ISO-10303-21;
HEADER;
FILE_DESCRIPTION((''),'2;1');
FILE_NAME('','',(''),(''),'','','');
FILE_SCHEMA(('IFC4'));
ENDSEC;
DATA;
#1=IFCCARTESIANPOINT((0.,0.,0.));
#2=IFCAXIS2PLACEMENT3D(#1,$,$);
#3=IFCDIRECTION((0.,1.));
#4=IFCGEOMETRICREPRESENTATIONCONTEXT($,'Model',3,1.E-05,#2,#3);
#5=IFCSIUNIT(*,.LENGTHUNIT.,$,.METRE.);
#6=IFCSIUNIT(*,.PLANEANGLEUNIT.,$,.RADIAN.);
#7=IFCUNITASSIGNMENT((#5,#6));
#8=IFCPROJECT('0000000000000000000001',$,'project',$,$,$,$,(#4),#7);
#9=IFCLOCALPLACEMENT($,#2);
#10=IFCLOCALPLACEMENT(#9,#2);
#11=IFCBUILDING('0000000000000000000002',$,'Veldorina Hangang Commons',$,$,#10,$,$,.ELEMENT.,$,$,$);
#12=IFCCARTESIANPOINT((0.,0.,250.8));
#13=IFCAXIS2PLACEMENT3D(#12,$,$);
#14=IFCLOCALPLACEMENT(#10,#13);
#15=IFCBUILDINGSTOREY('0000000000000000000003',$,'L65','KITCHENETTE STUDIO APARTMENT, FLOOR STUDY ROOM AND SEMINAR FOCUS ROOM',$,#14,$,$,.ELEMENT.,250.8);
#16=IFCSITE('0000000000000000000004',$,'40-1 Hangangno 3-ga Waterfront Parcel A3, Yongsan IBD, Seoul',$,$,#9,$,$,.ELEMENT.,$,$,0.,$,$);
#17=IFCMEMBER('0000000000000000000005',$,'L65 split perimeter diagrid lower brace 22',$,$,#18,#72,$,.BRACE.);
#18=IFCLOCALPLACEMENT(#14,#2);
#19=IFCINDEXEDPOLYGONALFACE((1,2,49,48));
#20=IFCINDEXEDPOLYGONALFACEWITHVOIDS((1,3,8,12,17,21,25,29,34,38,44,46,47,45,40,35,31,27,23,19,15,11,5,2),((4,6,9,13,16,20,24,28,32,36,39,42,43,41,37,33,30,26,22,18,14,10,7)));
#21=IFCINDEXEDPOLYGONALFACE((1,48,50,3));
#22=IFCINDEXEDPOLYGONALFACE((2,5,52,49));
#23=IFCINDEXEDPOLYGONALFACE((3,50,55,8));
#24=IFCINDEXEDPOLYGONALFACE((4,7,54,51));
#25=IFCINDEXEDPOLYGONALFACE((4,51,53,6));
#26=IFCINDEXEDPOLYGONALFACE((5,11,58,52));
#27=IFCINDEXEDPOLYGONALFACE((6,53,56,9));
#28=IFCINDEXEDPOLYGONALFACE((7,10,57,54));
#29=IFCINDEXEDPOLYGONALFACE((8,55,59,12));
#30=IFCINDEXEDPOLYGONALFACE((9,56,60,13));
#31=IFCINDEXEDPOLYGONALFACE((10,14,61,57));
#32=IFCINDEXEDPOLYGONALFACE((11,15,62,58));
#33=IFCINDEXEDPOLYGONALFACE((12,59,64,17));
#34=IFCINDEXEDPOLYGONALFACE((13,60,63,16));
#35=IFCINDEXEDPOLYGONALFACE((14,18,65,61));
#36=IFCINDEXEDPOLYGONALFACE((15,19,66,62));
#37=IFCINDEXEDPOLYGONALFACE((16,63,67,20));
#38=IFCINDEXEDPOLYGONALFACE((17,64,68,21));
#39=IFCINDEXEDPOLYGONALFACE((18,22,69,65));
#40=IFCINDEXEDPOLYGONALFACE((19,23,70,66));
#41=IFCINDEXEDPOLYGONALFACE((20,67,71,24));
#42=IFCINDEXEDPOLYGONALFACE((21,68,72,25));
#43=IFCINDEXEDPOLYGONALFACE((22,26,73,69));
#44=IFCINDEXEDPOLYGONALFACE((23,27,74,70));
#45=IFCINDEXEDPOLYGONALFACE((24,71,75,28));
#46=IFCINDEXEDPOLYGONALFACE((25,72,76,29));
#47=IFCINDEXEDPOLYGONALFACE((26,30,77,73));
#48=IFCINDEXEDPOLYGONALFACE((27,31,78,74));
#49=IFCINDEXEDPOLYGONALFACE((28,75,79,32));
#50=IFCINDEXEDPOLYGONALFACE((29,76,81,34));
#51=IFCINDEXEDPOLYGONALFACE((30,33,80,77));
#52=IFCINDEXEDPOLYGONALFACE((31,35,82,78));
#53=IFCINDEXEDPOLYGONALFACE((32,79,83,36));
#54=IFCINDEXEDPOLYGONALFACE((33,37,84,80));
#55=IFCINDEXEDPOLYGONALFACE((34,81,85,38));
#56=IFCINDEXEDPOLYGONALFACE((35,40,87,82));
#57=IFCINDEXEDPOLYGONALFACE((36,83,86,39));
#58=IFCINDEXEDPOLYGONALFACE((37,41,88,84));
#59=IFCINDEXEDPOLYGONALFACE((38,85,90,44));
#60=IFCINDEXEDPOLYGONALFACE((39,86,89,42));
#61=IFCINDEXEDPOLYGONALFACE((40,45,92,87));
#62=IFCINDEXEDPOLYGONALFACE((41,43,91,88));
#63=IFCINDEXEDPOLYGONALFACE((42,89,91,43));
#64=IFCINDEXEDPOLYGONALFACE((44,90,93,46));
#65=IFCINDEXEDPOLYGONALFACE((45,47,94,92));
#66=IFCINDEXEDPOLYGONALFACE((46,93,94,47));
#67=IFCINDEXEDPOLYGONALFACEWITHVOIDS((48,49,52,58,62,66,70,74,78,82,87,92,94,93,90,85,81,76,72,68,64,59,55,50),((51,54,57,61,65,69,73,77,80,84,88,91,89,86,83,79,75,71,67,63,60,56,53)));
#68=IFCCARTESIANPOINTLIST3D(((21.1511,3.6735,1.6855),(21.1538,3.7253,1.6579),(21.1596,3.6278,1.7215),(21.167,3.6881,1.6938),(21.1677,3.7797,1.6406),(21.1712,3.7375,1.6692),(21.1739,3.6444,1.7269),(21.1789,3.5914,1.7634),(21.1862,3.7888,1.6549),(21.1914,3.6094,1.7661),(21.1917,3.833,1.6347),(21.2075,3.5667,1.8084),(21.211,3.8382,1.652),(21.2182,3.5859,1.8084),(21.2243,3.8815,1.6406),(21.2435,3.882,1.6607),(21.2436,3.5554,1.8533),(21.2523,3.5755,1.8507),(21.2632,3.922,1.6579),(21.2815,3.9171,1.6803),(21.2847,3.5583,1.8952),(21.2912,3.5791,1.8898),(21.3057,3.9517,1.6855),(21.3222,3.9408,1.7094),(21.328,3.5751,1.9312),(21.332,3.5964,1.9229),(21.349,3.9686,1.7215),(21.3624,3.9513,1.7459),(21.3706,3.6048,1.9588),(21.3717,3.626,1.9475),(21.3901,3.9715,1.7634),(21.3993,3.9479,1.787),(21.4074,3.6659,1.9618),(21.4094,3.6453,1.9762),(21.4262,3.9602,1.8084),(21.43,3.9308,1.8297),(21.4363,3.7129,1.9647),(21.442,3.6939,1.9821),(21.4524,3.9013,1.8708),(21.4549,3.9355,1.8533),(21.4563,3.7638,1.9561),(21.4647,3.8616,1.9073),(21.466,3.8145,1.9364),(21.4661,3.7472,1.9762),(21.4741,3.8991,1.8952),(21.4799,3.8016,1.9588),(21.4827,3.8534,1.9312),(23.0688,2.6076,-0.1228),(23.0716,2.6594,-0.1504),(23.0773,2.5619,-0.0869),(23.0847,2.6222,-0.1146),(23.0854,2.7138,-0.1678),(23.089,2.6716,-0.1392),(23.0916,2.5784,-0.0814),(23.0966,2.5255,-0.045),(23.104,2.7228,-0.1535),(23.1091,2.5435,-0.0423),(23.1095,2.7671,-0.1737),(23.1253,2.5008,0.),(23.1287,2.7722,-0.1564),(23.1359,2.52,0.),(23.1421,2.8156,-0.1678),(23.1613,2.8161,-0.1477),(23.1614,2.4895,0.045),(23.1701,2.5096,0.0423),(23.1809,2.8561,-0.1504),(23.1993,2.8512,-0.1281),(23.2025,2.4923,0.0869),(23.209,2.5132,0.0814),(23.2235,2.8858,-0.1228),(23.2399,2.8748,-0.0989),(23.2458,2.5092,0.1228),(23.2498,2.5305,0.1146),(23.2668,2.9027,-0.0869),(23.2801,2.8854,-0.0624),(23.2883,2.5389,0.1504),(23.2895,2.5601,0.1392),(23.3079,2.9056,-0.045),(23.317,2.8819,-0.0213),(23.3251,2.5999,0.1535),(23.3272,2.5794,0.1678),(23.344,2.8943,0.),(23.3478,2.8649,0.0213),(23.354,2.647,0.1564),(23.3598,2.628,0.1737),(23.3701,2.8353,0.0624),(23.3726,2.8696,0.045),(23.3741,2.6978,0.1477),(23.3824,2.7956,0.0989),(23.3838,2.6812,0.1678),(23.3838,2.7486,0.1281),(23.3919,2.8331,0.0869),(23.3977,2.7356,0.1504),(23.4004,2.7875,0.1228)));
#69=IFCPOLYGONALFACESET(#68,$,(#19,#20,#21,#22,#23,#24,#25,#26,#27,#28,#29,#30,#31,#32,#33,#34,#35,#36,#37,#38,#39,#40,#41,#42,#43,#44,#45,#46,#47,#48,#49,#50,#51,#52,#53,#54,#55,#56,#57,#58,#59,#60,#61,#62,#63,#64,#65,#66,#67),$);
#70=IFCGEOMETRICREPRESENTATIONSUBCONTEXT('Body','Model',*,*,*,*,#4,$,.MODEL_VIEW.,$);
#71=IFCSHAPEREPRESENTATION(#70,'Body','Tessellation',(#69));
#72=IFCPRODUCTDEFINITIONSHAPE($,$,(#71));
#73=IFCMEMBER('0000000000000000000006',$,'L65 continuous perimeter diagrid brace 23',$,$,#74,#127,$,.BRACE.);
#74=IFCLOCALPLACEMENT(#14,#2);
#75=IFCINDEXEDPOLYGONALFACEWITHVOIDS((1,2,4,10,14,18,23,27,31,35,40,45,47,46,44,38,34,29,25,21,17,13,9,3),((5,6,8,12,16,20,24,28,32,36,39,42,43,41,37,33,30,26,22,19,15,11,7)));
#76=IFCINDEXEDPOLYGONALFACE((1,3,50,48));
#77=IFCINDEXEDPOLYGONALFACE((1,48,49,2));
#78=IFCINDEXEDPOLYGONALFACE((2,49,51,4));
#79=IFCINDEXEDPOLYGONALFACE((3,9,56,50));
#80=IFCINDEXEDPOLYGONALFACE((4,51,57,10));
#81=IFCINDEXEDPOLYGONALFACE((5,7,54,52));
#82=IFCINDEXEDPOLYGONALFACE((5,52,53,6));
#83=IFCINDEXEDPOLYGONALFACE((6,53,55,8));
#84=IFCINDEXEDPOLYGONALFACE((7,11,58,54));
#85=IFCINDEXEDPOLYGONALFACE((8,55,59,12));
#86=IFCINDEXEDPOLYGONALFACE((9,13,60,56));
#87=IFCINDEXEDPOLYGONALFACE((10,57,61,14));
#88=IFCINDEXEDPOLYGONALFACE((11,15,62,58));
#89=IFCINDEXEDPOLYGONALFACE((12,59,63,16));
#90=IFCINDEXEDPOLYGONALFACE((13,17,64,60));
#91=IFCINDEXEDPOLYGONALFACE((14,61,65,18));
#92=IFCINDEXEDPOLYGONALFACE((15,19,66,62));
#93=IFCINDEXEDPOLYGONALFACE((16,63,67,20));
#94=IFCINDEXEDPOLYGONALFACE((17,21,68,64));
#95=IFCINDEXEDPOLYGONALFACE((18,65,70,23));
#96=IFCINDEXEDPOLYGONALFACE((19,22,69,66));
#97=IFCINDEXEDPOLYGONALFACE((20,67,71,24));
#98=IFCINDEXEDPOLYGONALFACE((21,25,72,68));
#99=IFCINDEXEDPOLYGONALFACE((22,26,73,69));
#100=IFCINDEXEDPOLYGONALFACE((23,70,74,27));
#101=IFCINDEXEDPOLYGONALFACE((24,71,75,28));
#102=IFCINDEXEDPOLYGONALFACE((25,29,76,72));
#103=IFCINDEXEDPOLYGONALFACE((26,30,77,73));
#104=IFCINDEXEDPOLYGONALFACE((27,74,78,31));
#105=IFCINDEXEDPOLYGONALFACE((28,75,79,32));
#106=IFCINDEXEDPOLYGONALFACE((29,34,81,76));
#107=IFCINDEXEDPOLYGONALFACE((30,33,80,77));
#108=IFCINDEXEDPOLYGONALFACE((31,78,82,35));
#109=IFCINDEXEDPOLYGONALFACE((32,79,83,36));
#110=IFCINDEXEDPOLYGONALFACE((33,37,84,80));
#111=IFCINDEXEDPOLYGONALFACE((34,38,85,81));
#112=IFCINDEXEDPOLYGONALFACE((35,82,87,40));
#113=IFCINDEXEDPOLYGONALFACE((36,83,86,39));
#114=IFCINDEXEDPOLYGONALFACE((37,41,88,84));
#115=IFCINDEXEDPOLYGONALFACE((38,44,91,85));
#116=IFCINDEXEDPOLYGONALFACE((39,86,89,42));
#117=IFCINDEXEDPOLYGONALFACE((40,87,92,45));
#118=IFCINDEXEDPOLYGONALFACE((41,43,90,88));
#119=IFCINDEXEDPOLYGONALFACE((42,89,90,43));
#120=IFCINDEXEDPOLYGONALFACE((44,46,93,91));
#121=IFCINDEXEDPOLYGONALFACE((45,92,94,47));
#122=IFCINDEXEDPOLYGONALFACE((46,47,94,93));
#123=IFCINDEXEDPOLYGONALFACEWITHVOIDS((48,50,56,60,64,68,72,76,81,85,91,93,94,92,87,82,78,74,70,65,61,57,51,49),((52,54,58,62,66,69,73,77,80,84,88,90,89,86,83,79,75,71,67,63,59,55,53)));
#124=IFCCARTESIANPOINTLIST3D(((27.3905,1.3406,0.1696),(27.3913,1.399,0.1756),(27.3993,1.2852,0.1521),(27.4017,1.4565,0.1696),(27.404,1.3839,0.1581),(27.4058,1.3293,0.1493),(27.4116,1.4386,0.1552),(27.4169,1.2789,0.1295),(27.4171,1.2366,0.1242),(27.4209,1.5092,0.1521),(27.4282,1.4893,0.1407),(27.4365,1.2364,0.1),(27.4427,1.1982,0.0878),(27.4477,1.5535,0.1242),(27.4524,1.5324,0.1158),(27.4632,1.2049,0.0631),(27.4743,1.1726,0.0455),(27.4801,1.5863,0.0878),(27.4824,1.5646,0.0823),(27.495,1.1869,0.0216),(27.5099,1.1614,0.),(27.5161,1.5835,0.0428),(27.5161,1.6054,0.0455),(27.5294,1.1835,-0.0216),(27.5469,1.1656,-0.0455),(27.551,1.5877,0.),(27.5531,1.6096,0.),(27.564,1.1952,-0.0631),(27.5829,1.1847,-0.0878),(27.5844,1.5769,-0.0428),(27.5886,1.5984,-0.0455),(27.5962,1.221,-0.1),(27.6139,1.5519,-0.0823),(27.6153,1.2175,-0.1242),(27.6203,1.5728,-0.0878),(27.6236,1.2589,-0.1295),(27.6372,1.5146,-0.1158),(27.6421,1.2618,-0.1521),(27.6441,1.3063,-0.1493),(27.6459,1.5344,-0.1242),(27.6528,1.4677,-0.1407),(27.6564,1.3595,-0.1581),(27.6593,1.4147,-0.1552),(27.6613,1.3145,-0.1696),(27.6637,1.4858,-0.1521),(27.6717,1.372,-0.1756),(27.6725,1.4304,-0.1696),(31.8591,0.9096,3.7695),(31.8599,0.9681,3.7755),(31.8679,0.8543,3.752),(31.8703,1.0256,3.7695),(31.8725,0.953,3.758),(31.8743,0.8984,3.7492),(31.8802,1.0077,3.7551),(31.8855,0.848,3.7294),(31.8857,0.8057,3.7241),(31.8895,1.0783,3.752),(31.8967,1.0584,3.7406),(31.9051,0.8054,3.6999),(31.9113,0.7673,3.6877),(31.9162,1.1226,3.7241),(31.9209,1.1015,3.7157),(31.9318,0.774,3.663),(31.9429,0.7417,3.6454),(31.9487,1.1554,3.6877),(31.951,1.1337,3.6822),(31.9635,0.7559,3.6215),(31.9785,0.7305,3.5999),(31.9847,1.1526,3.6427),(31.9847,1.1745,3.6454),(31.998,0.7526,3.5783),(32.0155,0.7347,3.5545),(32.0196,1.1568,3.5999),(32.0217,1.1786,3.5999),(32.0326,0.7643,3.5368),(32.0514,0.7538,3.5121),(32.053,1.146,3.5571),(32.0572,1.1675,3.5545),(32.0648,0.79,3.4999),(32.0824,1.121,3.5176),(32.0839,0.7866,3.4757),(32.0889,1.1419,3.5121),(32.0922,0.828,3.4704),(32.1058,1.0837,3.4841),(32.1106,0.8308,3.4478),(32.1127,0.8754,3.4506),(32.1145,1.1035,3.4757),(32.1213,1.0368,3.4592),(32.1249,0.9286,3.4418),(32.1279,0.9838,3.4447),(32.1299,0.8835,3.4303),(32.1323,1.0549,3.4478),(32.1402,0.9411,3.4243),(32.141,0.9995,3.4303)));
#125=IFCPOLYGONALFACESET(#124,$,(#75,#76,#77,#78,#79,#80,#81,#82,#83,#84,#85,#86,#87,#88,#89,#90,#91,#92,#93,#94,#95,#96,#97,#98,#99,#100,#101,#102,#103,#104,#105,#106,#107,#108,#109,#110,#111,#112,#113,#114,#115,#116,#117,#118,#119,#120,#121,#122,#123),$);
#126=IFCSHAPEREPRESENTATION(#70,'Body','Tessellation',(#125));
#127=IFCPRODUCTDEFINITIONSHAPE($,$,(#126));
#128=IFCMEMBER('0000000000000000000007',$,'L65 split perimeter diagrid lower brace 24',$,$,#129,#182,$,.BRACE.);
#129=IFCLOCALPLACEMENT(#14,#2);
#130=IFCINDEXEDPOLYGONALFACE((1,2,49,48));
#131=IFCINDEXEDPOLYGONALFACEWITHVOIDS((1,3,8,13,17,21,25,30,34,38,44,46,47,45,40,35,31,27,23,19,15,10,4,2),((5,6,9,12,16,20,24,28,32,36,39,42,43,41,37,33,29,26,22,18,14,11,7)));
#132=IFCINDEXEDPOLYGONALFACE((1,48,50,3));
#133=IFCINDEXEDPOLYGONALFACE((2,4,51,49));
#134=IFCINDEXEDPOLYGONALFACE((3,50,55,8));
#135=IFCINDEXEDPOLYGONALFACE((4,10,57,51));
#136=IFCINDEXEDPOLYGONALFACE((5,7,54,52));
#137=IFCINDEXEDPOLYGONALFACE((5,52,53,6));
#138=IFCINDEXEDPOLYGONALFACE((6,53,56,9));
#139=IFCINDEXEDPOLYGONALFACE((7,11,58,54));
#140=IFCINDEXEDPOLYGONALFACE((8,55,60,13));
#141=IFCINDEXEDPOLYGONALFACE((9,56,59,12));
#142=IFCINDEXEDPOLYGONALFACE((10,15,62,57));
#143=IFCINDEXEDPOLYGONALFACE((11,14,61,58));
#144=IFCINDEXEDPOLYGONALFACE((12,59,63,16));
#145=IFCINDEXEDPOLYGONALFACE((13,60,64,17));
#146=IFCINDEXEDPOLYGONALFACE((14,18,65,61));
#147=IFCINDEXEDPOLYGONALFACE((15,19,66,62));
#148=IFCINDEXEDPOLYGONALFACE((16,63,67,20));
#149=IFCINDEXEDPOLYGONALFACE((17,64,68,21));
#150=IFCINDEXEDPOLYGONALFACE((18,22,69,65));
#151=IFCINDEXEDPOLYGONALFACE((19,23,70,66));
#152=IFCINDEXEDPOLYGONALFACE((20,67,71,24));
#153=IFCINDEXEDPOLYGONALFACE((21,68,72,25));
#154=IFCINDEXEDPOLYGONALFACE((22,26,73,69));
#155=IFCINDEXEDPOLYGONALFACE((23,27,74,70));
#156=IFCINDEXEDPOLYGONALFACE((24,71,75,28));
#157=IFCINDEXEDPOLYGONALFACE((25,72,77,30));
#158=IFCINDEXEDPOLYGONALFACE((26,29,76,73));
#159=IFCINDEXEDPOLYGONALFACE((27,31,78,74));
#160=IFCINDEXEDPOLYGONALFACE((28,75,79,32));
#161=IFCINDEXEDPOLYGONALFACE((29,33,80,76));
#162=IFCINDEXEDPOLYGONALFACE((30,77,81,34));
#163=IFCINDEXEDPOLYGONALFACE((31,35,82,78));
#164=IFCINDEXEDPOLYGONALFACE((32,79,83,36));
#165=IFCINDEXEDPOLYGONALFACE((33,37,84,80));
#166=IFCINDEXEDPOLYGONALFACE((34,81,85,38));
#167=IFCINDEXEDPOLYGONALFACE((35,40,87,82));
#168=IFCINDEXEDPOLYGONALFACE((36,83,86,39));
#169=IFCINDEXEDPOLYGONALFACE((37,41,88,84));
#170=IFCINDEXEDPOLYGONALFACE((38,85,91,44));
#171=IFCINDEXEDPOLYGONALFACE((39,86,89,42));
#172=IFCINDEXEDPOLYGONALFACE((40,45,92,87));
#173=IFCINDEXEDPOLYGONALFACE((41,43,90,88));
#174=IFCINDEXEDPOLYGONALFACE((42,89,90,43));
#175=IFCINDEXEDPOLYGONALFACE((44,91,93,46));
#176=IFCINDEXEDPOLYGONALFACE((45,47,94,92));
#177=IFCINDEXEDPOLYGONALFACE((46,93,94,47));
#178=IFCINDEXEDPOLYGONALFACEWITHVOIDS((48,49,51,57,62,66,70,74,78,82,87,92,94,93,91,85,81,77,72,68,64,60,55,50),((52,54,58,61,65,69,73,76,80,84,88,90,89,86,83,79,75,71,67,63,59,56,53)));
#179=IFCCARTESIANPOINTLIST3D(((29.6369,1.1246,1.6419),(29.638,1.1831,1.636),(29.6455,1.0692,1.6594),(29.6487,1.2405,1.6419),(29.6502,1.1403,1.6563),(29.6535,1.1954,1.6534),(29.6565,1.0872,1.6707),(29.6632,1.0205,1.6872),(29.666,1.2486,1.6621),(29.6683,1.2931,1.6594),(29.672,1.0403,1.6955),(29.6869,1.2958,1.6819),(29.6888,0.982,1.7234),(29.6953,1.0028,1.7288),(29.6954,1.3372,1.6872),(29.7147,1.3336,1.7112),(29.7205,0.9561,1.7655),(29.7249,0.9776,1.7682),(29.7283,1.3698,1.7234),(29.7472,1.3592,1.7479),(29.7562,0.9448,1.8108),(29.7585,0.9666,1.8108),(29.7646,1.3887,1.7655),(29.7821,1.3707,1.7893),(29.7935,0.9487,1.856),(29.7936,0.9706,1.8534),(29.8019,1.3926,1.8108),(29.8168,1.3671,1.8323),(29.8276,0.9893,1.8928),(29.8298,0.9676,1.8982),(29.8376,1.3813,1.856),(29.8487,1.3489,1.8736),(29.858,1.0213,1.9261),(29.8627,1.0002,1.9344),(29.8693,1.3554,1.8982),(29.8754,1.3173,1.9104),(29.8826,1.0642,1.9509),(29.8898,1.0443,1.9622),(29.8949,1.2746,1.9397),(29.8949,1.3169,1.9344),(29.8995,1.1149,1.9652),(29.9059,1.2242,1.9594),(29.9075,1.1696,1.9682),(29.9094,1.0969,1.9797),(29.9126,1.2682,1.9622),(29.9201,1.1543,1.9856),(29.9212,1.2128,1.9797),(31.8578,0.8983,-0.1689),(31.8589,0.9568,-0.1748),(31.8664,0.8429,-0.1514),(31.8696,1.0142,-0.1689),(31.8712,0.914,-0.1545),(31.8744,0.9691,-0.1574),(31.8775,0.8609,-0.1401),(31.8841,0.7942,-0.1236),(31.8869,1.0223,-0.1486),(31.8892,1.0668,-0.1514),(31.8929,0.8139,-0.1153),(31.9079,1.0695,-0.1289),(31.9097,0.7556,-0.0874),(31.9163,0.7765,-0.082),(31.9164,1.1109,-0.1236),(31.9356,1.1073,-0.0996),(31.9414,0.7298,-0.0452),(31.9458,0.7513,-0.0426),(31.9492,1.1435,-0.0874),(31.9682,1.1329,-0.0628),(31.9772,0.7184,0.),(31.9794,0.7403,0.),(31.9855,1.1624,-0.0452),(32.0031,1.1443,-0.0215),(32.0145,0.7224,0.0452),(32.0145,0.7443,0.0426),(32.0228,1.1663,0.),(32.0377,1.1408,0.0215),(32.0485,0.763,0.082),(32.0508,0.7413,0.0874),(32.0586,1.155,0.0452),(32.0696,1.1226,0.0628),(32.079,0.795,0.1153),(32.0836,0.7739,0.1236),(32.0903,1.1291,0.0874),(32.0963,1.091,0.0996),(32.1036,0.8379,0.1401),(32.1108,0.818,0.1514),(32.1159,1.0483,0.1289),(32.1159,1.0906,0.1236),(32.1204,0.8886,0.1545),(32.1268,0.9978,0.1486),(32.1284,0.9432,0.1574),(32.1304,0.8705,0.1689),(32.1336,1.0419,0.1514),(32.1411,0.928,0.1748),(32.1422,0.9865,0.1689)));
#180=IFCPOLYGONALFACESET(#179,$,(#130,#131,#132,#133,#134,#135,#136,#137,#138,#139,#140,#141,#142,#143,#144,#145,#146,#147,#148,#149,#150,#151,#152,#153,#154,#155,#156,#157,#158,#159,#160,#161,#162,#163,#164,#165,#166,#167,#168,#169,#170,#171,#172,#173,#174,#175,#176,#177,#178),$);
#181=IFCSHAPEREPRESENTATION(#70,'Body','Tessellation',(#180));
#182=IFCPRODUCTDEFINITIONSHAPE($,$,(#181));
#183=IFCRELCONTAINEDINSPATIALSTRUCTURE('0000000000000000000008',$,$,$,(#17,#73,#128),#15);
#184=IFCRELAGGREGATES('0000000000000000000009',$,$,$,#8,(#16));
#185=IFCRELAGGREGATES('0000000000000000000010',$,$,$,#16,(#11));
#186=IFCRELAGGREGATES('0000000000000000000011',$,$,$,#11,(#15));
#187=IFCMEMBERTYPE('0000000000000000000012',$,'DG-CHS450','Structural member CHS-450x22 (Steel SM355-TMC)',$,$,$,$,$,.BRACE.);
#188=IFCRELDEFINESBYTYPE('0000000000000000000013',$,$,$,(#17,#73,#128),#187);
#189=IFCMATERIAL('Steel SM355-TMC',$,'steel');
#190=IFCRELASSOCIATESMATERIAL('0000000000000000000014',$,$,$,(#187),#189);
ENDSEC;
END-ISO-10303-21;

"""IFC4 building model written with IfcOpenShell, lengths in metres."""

from ifc_helpers import new_model, si_unit, direction, frame, origin, origin_2d, place, context, subcontext, project, spatial, hollow_circle, extrude, material, material_profile, profile_set, type_object, element, save


model = new_model("IFC4")

# Units and contexts
model_context = context("Model", 3, precision=1e-05, world=origin(), true_north=direction((0.0, 1.0)))
body_context = subcontext(model_context, "Body", "Model", "MODEL_VIEW")
ifc_project = project(units=[si_unit("LENGTHUNIT", "METRE"), si_unit("PLANEANGLEUNIT", "RADIAN")], contexts=[model_context])

# Site, building, storey
site_placement = place(None, origin())
site = spatial("IfcSite", under=ifc_project, at=site_placement, Name="40-1 Hangangno 3-ga Waterfront Parcel A3, Yongsan IBD, Seoul", CompositionType="ELEMENT", RefElevation=0.0)
building_placement = place(site_placement, origin())
building = spatial("IfcBuilding", under=site, at=building_placement, Name="Veldorina Hangang Commons", CompositionType="ELEMENT")
storey_placement = place(building_placement, frame((0.0, 0.0, 250.8)))
storey = spatial("IfcBuildingStorey", under=building, at=storey_placement, Name="L65", Description="KITCHENETTE STUDIO APARTMENT, FLOOR STUDY ROOM AND SEMINAR FOCUS ROOM", CompositionType="ELEMENT", Elevation=250.8)

# Shared definitions
ifc_material_1 = material(Name="Steel SM355-TMC", Category="steel")

# Members
ifc_material_profile_1 = material_profile(ifc_material_1, hollow_circle(Radius=0.2251, WallThickness=0.022, at=origin_2d()), Name="CHS-450x22")
ifc_profile_set_1 = profile_set([ifc_material_profile_1], Name="Steel SM355-TMC")
member_type_1 = type_object("IfcMemberType", Name="DG-CHS450", Description="Structural member CHS-450x22 (Steel SM355-TMC)", PredefinedType="BRACE", material=ifc_profile_set_1)
member_1_placement = place(storey_placement, frame((23.2346, 2.6975, 0.0), z_axis=(-0.674487, 0.374896, 0.636019), x_axis=(-0.485822, -0.874058, 0.0)))
element("IfcMember", 1, at=member_1_placement, inside=storey, type_object=member_type_1, Name="L65 split perimeter diagrid lower brace 22", PredefinedType="BRACE", context=body_context, shape_type="SweptSolid", body=[
    extrude(hollow_circle(Radius=0.2251, WallThickness=0.022, at=origin_2d()), origin(), (0.0, 0.0, 1.0), 2.8433),
])
member_2_placement = place(storey_placement, frame((27.5315, 1.3855, 0.0), z_axis=(0.776548, -0.074884, 0.625592), x_axis=(0.095987, 0.995383, 0.0)))
element("IfcMember", 2, at=member_2_placement, inside=storey, type_object=member_type_1, Name="L65 continuous perimeter diagrid brace 23", PredefinedType="BRACE", context=body_context, shape_type="SweptSolid", body=[
    extrude(hollow_circle(Radius=0.2251, WallThickness=0.022, at=origin_2d()), origin(), (0.0, 0.0, 1.0), 5.7544),
])
member_3_placement = place(storey_placement, frame((32.0, 0.9424, 0.0), z_axis=(-0.772636, 0.078733, 0.629948), x_axis=(-0.101377, -0.994848, 0.0)))
element("IfcMember", 3, at=member_3_placement, inside=storey, type_object=member_type_1, Name="L65 split perimeter diagrid lower brace 24", PredefinedType="BRACE", context=body_context, shape_type="SweptSolid", body=[
    extrude(hollow_circle(Radius=0.2251, WallThickness=0.022, at=origin_2d()), origin(), (0.0, 0.0, 1.0), 2.8745),
])

save(model, "model.ifc")
